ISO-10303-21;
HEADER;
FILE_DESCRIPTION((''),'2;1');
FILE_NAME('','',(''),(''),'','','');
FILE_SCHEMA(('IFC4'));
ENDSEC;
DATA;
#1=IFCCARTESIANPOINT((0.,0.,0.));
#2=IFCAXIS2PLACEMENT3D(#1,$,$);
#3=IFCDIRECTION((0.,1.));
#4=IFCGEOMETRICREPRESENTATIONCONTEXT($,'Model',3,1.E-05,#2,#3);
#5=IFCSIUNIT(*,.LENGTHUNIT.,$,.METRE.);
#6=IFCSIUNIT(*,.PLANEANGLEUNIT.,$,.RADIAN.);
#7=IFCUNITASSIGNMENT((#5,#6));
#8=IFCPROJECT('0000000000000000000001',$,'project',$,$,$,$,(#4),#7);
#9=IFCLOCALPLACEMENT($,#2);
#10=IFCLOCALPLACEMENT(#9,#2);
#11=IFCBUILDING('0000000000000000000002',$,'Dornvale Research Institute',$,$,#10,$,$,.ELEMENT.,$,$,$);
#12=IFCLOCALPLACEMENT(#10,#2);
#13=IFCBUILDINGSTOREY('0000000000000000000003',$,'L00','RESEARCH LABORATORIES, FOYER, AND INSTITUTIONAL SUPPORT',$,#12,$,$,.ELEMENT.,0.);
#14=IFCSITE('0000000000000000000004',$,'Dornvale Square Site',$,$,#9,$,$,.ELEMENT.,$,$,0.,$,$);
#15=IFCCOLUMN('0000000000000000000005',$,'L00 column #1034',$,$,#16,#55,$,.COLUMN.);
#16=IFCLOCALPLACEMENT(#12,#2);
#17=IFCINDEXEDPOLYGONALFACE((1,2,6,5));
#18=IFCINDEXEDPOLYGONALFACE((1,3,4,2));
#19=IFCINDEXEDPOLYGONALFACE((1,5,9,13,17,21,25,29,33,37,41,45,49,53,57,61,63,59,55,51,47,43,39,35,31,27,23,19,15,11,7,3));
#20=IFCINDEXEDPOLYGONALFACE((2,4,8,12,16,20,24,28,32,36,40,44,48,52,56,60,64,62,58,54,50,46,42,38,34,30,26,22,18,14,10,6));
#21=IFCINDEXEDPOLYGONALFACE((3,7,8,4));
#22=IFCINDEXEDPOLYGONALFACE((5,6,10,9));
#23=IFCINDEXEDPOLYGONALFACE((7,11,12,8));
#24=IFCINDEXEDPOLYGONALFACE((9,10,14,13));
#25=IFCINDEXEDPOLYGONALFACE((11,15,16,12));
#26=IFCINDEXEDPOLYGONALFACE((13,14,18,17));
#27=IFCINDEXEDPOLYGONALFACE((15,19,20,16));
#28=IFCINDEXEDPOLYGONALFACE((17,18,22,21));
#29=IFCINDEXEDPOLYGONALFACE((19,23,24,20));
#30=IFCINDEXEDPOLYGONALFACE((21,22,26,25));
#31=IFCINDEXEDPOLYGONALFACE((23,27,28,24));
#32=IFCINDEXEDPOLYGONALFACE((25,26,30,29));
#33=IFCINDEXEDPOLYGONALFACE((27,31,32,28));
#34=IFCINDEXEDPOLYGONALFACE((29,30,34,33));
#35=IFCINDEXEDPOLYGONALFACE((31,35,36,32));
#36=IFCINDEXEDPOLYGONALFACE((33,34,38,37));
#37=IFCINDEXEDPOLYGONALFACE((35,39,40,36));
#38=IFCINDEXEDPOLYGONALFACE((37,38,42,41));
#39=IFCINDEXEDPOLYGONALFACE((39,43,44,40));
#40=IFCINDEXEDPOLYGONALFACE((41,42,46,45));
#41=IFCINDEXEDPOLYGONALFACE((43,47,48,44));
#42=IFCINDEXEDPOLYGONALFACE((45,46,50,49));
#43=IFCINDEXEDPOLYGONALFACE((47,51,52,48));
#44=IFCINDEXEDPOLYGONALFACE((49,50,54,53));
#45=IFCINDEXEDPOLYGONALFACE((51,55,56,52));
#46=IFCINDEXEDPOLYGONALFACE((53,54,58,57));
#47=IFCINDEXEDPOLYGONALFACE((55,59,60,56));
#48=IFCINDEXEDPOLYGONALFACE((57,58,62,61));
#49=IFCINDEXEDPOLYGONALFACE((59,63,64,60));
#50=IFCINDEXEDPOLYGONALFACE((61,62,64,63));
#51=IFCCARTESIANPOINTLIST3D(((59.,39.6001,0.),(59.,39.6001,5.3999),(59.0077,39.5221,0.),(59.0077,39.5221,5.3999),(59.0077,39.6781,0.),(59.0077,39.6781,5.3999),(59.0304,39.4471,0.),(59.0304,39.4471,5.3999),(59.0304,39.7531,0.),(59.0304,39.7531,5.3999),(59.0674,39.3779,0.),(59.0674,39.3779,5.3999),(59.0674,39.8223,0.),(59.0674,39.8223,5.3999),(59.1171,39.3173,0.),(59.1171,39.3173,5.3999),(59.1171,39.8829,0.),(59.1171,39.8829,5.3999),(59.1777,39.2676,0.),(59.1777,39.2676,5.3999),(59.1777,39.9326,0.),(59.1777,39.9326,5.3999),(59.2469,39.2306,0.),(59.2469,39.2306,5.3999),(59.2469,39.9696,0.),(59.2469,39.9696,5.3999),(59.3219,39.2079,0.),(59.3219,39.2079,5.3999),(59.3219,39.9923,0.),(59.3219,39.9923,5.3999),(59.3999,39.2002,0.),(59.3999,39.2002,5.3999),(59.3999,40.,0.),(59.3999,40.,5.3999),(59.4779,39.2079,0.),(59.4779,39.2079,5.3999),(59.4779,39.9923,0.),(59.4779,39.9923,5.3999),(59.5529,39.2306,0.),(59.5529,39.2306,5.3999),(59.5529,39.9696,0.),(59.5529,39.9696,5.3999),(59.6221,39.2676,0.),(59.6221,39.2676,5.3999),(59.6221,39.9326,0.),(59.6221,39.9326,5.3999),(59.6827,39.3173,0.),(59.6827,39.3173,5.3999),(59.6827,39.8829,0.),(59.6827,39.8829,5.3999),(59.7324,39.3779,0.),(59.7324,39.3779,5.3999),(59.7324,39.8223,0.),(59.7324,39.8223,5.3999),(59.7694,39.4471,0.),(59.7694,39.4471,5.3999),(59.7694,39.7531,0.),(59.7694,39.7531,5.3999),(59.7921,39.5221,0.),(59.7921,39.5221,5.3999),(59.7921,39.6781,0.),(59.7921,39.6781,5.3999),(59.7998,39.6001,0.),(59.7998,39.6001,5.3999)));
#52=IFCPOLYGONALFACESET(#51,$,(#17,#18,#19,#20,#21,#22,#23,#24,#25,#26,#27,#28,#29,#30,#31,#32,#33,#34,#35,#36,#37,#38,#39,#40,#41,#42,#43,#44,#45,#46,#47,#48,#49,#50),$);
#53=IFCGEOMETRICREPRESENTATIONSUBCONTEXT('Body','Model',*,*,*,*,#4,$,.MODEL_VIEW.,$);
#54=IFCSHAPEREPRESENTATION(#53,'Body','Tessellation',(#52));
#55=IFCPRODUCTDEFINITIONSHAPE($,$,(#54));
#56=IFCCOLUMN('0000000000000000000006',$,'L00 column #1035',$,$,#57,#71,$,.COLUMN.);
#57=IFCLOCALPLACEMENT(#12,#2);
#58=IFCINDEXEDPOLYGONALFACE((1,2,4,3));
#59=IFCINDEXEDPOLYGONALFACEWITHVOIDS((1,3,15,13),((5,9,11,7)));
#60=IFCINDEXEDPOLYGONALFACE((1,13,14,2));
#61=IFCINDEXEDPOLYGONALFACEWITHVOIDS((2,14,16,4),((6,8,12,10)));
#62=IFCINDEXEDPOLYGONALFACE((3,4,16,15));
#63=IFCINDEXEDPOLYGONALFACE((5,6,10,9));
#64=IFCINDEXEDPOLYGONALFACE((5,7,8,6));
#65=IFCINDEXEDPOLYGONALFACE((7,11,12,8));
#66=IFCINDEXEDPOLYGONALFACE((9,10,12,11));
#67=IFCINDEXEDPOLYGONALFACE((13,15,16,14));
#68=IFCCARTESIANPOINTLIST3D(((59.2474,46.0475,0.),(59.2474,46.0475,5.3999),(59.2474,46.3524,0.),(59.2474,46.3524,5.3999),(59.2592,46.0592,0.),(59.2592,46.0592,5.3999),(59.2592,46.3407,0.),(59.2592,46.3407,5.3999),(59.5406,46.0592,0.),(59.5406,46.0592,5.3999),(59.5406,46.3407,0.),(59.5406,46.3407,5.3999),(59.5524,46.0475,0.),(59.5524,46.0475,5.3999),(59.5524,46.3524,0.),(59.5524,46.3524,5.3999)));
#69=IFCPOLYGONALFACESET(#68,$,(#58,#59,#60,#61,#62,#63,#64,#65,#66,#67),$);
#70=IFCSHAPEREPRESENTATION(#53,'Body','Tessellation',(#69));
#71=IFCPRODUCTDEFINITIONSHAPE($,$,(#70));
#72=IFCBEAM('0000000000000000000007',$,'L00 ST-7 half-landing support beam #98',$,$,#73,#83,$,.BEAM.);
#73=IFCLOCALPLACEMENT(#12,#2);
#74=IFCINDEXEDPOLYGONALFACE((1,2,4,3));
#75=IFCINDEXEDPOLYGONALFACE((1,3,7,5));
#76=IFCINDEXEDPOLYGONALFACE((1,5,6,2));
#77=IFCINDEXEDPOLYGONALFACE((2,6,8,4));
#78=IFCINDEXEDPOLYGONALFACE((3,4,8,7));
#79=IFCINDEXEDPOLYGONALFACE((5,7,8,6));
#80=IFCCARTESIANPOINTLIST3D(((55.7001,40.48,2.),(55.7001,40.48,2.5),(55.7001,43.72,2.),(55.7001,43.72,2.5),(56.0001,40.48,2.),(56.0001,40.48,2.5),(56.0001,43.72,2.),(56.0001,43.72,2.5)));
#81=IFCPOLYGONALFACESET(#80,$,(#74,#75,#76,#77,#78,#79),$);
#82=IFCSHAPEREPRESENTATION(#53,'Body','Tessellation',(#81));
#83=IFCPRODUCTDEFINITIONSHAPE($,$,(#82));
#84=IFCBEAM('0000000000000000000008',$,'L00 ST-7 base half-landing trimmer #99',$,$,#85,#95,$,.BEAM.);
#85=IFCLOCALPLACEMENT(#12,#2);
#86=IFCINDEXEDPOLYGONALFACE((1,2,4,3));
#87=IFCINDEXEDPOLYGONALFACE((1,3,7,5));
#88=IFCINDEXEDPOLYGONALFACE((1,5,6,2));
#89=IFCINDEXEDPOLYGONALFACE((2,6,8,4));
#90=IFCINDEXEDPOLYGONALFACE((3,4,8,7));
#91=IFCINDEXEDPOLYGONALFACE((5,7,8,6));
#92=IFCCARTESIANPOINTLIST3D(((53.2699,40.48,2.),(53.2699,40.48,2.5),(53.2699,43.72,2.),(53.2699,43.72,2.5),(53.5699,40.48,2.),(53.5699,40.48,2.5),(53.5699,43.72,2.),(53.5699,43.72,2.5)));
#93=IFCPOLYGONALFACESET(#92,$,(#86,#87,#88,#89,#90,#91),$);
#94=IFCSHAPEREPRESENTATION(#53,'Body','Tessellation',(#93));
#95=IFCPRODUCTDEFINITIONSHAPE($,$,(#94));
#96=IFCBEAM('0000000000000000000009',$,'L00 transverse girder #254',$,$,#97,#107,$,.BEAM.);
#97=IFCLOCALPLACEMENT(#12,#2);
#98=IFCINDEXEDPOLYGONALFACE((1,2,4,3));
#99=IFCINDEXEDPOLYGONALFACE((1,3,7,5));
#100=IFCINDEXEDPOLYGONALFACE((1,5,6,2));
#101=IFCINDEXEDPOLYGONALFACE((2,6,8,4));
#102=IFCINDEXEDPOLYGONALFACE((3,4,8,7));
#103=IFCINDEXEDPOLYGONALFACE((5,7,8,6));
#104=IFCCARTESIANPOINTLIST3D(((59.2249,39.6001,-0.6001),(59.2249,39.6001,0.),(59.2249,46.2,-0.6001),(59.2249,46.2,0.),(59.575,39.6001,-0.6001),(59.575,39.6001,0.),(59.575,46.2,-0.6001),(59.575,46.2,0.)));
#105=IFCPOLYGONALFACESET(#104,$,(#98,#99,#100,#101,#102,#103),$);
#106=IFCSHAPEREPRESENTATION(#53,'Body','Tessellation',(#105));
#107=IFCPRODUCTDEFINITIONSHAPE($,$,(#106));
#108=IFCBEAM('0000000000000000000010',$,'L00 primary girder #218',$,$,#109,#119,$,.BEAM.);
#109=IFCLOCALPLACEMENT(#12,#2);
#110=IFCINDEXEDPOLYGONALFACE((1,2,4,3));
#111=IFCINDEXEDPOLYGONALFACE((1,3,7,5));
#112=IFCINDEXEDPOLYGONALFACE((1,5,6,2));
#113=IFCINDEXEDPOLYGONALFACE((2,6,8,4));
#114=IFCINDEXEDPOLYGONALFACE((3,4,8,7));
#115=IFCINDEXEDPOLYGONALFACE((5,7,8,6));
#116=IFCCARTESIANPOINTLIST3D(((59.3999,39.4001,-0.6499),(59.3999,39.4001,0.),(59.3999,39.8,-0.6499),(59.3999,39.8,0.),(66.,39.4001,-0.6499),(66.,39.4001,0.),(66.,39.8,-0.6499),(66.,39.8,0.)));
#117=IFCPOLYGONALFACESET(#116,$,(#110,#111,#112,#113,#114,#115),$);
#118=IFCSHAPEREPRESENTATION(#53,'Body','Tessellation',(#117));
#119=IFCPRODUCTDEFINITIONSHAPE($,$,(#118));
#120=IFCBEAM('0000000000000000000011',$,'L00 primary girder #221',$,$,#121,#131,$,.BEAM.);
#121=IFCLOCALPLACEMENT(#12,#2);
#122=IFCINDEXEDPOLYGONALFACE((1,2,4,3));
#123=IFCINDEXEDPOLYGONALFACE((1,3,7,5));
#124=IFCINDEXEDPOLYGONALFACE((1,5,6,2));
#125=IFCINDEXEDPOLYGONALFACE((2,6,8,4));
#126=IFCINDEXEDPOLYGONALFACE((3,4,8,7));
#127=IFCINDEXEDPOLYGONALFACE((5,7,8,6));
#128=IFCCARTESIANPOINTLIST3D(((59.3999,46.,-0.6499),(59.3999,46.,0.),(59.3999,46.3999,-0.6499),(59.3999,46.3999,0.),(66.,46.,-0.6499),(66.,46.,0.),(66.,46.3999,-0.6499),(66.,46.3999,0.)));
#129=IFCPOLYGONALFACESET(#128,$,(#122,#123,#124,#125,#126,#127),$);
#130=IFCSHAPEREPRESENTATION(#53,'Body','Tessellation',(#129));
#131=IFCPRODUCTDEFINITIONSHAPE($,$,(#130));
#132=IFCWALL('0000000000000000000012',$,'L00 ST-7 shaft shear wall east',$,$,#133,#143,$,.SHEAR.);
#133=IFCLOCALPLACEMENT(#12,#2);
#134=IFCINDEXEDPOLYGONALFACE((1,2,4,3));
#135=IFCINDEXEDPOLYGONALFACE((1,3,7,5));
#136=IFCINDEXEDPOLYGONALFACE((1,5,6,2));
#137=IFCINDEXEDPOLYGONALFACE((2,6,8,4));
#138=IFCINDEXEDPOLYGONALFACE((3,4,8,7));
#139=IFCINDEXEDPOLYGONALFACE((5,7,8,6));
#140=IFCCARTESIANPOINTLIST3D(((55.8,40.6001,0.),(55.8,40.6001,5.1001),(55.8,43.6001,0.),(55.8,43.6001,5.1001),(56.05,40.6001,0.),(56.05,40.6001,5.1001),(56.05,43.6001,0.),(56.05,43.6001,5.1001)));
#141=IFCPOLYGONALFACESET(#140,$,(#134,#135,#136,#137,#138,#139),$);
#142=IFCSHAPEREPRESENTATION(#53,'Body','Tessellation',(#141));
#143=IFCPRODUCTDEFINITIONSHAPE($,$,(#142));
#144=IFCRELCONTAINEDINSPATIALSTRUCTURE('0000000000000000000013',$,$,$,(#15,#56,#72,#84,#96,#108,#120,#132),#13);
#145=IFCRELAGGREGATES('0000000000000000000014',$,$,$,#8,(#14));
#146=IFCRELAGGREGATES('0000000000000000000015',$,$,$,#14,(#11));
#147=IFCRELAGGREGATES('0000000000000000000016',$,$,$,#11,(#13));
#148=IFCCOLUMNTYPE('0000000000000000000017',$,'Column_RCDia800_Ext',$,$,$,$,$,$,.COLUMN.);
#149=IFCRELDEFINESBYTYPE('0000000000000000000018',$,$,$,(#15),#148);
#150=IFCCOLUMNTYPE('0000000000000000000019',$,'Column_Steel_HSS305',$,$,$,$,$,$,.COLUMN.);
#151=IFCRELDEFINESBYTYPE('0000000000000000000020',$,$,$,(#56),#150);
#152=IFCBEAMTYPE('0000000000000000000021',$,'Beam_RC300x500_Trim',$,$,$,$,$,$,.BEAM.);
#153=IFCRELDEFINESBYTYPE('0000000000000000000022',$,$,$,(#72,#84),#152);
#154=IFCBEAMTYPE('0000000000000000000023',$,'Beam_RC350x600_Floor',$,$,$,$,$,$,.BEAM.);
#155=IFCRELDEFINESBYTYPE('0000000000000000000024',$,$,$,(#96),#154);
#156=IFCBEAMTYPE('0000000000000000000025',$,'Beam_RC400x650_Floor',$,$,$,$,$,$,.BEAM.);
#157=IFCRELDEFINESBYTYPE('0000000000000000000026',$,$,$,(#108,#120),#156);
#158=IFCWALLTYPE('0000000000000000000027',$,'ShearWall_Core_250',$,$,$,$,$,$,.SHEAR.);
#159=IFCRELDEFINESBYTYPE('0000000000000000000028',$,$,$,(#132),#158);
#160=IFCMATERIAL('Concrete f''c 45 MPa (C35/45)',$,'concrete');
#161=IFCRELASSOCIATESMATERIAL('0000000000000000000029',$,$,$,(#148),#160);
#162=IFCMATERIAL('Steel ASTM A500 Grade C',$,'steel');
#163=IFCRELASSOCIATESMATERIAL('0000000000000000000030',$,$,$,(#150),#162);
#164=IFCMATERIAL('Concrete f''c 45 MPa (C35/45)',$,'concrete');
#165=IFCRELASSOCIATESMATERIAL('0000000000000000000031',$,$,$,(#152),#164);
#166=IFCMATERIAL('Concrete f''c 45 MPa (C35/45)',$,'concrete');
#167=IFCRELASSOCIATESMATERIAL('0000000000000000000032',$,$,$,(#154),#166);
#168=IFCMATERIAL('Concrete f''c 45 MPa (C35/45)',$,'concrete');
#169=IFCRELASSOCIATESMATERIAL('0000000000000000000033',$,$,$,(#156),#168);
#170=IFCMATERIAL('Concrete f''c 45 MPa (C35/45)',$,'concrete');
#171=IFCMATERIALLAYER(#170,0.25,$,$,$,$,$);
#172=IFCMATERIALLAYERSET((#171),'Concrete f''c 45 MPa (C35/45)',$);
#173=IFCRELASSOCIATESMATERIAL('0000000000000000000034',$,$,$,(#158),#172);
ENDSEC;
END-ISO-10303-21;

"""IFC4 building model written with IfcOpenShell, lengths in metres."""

from ifc_helpers import new_model, si_unit, direction, frame, frame_2d, origin, origin_2d, place, context, subcontext, project, spatial, rectangle, hollow_rectangle, circle, extrude, material, layer, layer_set, material_profile, profile_set, type_object, element, save


model = new_model("IFC4")

# Units and contexts
model_context = context("Model", 3, precision=1e-05, world=origin(), true_north=direction((0.0, 1.0)))
body_context = subcontext(model_context, "Body", "Model", "MODEL_VIEW")
ifc_project = project(units=[si_unit("LENGTHUNIT", "METRE"), si_unit("PLANEANGLEUNIT", "RADIAN")], contexts=[model_context])

# Site, building, storey
site_placement = place(None, origin())
site = spatial("IfcSite", under=ifc_project, at=site_placement, Name="Dornvale Square Site", CompositionType="ELEMENT", RefElevation=0.0)
building_placement = place(site_placement, origin())
building = spatial("IfcBuilding", under=site, at=building_placement, Name="Dornvale Research Institute", CompositionType="ELEMENT")
storey_placement = place(building_placement, origin())
storey = spatial("IfcBuildingStorey", under=building, at=storey_placement, Name="L00", Description="RESEARCH LABORATORIES, FOYER, AND INSTITUTIONAL SUPPORT", CompositionType="ELEMENT", Elevation=0.0)

# Columns
ifc_material_1 = material(Name="Concrete f'c 45 MPa (C35/45)", Category="concrete")
ifc_material_profile_1 = material_profile(ifc_material_1, circle(Radius=0.3999, at=origin_2d()), Name="RC DIA 800")
ifc_profile_set_1 = profile_set([ifc_material_profile_1], Name="Concrete f'c 45 MPa (C35/45)")
column_type_1 = type_object("IfcColumnType", Name="Column_RCDia800_Ext", PredefinedType="COLUMN", material=ifc_profile_set_1)
column_1_placement = place(storey_placement, frame((59.3999, 39.6001, 0.0), z_axis=(0.0, 0.0, 1.0), x_axis=(1.0, 0.0, 0.0)))
element("IfcColumn", 1, at=column_1_placement, inside=storey, type_object=column_type_1, Name="L00 column #1034", PredefinedType="COLUMN", context=body_context, shape_type="SweptSolid", body=[
    extrude(circle(Radius=0.3999, at=origin_2d()), origin(), (0.0, 0.0, 1.0), 5.3999),
])
ifc_material_2 = material(Name="Steel ASTM A500 Grade C", Category="steel")
ifc_material_profile_2 = material_profile(ifc_material_2, hollow_rectangle(XDim=0.3049, YDim=0.3049, WallThickness=0.0117, at=origin_2d()), Name="HSS305X305X12.7")
ifc_profile_set_2 = profile_set([ifc_material_profile_2], Name="Steel ASTM A500 Grade C")
column_type_2 = type_object("IfcColumnType", Name="Column_Steel_HSS305", PredefinedType="COLUMN", material=ifc_profile_set_2)
column_2_placement = place(storey_placement, frame((59.3999, 46.2, 0.0), z_axis=(0.0, 0.0, 1.0), x_axis=(1.0, 0.0, 0.0)))
element("IfcColumn", 2, at=column_2_placement, inside=storey, type_object=column_type_2, Name="L00 column #1035", PredefinedType="COLUMN", context=body_context, shape_type="SweptSolid", body=[
    extrude(hollow_rectangle(XDim=0.3049, YDim=0.3049, WallThickness=0.0117, at=origin_2d()), origin(), (0.0, 0.0, 1.0), 5.3999),
])

# Beams
ifc_material_3 = material(Name="Concrete f'c 45 MPa (C35/45)", Category="concrete")
ifc_material_profile_3 = material_profile(ifc_material_3, rectangle(XDim=0.3, YDim=0.5, at=origin_2d()), Name="RC 300x500")
ifc_profile_set_3 = profile_set([ifc_material_profile_3], Name="Concrete f'c 45 MPa (C35/45)")
beam_type_1 = type_object("IfcBeamType", Name="Beam_RC300x500_Trim", PredefinedType="BEAM", material=ifc_profile_set_3)
for number, where, z_axis, x_axis, name in (
    (3, (55.8501, 40.48, 2.25), (0.0, 1.0, 0.0), (-1.0, 0.0, 0.0), "L00 ST-7 half-landing support beam #98"),
    (4, (53.4199, 40.48, 2.25), (0.0, 1.0, 0.0), (-1.0, 0.0, 0.0), "L00 ST-7 base half-landing trimmer #99"),
):
    element("IfcBeam", number, at=place(storey_placement, frame(where, z_axis=z_axis, x_axis=x_axis)), inside=storey, type_object=beam_type_1, Name=name, PredefinedType="BEAM", context=body_context, shape_type="SweptSolid", body=[
        extrude(rectangle(XDim=0.3, YDim=0.5, at=origin_2d()), origin(), (0.0, 0.0, 1.0), 3.24),
    ])
ifc_material_4 = material(Name="Concrete f'c 45 MPa (C35/45)", Category="concrete")
ifc_material_profile_4 = material_profile(ifc_material_4, rectangle(XDim=0.3501, YDim=0.6001, at=origin_2d()), Name="RC 350x600")
ifc_profile_set_4 = profile_set([ifc_material_profile_4], Name="Concrete f'c 45 MPa (C35/45)")
beam_type_2 = type_object("IfcBeamType", Name="Beam_RC350x600_Floor", PredefinedType="BEAM", material=ifc_profile_set_4)
beam_placement = place(storey_placement, frame((59.3999, 39.6001, -0.3), z_axis=(0.0, 1.0, 0.0), x_axis=(-1.0, 0.0, 0.0)))
element("IfcBeam", 5, at=beam_placement, inside=storey, type_object=beam_type_2, Name="L00 transverse girder #254", PredefinedType="BEAM", context=body_context, shape_type="SweptSolid", body=[
    extrude(rectangle(XDim=0.3501, YDim=0.6001, at=origin_2d()), origin(), (0.0, 0.0, 1.0), 6.5999),
])
ifc_material_5 = material(Name="Concrete f'c 45 MPa (C35/45)", Category="concrete")
ifc_material_profile_5 = material_profile(ifc_material_5, rectangle(XDim=0.3999, YDim=0.6499, at=origin_2d()), Name="RC 400x650")
ifc_profile_set_5 = profile_set([ifc_material_profile_5], Name="Concrete f'c 45 MPa (C35/45)")
beam_type_3 = type_object("IfcBeamType", Name="Beam_RC400x650_Floor", PredefinedType="BEAM", material=ifc_profile_set_5)
for number, where, z_axis, x_axis, name in (
    (6, (59.3999, 39.6001, -0.325), (1.0, 0.0, 0.0), (0.0, 1.0, 0.0), "L00 primary girder #218"),
    (7, (59.3999, 46.2, -0.325), (1.0, 0.0, 0.0), (0.0, 1.0, 0.0), "L00 primary girder #221"),
):
    element("IfcBeam", number, at=place(storey_placement, frame(where, z_axis=z_axis, x_axis=x_axis)), inside=storey, type_object=beam_type_3, Name=name, PredefinedType="BEAM", context=body_context, shape_type="SweptSolid", body=[
        extrude(rectangle(XDim=0.3999, YDim=0.6499, at=origin_2d()), origin(), (0.0, 0.0, 1.0), 6.6001),
    ])

# Wall
ifc_material_6 = material(Name="Concrete f'c 45 MPa (C35/45)", Category="concrete")
ifc_layer_1 = layer(ifc_material_6, 0.25)
ifc_layer_set_1 = layer_set([ifc_layer_1], Name="Concrete f'c 45 MPa (C35/45)")
wall_type_1 = type_object("IfcWallType", Name="ShearWall_Core_250", PredefinedType="SHEAR", material=ifc_layer_set_1)
wall_1_placement = place(storey_placement, frame((55.925, 40.6001, 0.0), z_axis=(0.0, 0.0, 1.0), x_axis=(0.0, 1.0, 0.0)))
element("IfcWall", 8, at=wall_1_placement, inside=storey, type_object=wall_type_1, Name="L00 ST-7 shaft shear wall east", PredefinedType="SHEAR", context=body_context, shape_type="SweptSolid", body=[
    extrude(rectangle(XDim=3.0, YDim=0.25, at=frame_2d((1.5, 0.0))), origin(), (0.0, 0.0, 1.0), 5.1001),
])

save(model, "model.ifc")
